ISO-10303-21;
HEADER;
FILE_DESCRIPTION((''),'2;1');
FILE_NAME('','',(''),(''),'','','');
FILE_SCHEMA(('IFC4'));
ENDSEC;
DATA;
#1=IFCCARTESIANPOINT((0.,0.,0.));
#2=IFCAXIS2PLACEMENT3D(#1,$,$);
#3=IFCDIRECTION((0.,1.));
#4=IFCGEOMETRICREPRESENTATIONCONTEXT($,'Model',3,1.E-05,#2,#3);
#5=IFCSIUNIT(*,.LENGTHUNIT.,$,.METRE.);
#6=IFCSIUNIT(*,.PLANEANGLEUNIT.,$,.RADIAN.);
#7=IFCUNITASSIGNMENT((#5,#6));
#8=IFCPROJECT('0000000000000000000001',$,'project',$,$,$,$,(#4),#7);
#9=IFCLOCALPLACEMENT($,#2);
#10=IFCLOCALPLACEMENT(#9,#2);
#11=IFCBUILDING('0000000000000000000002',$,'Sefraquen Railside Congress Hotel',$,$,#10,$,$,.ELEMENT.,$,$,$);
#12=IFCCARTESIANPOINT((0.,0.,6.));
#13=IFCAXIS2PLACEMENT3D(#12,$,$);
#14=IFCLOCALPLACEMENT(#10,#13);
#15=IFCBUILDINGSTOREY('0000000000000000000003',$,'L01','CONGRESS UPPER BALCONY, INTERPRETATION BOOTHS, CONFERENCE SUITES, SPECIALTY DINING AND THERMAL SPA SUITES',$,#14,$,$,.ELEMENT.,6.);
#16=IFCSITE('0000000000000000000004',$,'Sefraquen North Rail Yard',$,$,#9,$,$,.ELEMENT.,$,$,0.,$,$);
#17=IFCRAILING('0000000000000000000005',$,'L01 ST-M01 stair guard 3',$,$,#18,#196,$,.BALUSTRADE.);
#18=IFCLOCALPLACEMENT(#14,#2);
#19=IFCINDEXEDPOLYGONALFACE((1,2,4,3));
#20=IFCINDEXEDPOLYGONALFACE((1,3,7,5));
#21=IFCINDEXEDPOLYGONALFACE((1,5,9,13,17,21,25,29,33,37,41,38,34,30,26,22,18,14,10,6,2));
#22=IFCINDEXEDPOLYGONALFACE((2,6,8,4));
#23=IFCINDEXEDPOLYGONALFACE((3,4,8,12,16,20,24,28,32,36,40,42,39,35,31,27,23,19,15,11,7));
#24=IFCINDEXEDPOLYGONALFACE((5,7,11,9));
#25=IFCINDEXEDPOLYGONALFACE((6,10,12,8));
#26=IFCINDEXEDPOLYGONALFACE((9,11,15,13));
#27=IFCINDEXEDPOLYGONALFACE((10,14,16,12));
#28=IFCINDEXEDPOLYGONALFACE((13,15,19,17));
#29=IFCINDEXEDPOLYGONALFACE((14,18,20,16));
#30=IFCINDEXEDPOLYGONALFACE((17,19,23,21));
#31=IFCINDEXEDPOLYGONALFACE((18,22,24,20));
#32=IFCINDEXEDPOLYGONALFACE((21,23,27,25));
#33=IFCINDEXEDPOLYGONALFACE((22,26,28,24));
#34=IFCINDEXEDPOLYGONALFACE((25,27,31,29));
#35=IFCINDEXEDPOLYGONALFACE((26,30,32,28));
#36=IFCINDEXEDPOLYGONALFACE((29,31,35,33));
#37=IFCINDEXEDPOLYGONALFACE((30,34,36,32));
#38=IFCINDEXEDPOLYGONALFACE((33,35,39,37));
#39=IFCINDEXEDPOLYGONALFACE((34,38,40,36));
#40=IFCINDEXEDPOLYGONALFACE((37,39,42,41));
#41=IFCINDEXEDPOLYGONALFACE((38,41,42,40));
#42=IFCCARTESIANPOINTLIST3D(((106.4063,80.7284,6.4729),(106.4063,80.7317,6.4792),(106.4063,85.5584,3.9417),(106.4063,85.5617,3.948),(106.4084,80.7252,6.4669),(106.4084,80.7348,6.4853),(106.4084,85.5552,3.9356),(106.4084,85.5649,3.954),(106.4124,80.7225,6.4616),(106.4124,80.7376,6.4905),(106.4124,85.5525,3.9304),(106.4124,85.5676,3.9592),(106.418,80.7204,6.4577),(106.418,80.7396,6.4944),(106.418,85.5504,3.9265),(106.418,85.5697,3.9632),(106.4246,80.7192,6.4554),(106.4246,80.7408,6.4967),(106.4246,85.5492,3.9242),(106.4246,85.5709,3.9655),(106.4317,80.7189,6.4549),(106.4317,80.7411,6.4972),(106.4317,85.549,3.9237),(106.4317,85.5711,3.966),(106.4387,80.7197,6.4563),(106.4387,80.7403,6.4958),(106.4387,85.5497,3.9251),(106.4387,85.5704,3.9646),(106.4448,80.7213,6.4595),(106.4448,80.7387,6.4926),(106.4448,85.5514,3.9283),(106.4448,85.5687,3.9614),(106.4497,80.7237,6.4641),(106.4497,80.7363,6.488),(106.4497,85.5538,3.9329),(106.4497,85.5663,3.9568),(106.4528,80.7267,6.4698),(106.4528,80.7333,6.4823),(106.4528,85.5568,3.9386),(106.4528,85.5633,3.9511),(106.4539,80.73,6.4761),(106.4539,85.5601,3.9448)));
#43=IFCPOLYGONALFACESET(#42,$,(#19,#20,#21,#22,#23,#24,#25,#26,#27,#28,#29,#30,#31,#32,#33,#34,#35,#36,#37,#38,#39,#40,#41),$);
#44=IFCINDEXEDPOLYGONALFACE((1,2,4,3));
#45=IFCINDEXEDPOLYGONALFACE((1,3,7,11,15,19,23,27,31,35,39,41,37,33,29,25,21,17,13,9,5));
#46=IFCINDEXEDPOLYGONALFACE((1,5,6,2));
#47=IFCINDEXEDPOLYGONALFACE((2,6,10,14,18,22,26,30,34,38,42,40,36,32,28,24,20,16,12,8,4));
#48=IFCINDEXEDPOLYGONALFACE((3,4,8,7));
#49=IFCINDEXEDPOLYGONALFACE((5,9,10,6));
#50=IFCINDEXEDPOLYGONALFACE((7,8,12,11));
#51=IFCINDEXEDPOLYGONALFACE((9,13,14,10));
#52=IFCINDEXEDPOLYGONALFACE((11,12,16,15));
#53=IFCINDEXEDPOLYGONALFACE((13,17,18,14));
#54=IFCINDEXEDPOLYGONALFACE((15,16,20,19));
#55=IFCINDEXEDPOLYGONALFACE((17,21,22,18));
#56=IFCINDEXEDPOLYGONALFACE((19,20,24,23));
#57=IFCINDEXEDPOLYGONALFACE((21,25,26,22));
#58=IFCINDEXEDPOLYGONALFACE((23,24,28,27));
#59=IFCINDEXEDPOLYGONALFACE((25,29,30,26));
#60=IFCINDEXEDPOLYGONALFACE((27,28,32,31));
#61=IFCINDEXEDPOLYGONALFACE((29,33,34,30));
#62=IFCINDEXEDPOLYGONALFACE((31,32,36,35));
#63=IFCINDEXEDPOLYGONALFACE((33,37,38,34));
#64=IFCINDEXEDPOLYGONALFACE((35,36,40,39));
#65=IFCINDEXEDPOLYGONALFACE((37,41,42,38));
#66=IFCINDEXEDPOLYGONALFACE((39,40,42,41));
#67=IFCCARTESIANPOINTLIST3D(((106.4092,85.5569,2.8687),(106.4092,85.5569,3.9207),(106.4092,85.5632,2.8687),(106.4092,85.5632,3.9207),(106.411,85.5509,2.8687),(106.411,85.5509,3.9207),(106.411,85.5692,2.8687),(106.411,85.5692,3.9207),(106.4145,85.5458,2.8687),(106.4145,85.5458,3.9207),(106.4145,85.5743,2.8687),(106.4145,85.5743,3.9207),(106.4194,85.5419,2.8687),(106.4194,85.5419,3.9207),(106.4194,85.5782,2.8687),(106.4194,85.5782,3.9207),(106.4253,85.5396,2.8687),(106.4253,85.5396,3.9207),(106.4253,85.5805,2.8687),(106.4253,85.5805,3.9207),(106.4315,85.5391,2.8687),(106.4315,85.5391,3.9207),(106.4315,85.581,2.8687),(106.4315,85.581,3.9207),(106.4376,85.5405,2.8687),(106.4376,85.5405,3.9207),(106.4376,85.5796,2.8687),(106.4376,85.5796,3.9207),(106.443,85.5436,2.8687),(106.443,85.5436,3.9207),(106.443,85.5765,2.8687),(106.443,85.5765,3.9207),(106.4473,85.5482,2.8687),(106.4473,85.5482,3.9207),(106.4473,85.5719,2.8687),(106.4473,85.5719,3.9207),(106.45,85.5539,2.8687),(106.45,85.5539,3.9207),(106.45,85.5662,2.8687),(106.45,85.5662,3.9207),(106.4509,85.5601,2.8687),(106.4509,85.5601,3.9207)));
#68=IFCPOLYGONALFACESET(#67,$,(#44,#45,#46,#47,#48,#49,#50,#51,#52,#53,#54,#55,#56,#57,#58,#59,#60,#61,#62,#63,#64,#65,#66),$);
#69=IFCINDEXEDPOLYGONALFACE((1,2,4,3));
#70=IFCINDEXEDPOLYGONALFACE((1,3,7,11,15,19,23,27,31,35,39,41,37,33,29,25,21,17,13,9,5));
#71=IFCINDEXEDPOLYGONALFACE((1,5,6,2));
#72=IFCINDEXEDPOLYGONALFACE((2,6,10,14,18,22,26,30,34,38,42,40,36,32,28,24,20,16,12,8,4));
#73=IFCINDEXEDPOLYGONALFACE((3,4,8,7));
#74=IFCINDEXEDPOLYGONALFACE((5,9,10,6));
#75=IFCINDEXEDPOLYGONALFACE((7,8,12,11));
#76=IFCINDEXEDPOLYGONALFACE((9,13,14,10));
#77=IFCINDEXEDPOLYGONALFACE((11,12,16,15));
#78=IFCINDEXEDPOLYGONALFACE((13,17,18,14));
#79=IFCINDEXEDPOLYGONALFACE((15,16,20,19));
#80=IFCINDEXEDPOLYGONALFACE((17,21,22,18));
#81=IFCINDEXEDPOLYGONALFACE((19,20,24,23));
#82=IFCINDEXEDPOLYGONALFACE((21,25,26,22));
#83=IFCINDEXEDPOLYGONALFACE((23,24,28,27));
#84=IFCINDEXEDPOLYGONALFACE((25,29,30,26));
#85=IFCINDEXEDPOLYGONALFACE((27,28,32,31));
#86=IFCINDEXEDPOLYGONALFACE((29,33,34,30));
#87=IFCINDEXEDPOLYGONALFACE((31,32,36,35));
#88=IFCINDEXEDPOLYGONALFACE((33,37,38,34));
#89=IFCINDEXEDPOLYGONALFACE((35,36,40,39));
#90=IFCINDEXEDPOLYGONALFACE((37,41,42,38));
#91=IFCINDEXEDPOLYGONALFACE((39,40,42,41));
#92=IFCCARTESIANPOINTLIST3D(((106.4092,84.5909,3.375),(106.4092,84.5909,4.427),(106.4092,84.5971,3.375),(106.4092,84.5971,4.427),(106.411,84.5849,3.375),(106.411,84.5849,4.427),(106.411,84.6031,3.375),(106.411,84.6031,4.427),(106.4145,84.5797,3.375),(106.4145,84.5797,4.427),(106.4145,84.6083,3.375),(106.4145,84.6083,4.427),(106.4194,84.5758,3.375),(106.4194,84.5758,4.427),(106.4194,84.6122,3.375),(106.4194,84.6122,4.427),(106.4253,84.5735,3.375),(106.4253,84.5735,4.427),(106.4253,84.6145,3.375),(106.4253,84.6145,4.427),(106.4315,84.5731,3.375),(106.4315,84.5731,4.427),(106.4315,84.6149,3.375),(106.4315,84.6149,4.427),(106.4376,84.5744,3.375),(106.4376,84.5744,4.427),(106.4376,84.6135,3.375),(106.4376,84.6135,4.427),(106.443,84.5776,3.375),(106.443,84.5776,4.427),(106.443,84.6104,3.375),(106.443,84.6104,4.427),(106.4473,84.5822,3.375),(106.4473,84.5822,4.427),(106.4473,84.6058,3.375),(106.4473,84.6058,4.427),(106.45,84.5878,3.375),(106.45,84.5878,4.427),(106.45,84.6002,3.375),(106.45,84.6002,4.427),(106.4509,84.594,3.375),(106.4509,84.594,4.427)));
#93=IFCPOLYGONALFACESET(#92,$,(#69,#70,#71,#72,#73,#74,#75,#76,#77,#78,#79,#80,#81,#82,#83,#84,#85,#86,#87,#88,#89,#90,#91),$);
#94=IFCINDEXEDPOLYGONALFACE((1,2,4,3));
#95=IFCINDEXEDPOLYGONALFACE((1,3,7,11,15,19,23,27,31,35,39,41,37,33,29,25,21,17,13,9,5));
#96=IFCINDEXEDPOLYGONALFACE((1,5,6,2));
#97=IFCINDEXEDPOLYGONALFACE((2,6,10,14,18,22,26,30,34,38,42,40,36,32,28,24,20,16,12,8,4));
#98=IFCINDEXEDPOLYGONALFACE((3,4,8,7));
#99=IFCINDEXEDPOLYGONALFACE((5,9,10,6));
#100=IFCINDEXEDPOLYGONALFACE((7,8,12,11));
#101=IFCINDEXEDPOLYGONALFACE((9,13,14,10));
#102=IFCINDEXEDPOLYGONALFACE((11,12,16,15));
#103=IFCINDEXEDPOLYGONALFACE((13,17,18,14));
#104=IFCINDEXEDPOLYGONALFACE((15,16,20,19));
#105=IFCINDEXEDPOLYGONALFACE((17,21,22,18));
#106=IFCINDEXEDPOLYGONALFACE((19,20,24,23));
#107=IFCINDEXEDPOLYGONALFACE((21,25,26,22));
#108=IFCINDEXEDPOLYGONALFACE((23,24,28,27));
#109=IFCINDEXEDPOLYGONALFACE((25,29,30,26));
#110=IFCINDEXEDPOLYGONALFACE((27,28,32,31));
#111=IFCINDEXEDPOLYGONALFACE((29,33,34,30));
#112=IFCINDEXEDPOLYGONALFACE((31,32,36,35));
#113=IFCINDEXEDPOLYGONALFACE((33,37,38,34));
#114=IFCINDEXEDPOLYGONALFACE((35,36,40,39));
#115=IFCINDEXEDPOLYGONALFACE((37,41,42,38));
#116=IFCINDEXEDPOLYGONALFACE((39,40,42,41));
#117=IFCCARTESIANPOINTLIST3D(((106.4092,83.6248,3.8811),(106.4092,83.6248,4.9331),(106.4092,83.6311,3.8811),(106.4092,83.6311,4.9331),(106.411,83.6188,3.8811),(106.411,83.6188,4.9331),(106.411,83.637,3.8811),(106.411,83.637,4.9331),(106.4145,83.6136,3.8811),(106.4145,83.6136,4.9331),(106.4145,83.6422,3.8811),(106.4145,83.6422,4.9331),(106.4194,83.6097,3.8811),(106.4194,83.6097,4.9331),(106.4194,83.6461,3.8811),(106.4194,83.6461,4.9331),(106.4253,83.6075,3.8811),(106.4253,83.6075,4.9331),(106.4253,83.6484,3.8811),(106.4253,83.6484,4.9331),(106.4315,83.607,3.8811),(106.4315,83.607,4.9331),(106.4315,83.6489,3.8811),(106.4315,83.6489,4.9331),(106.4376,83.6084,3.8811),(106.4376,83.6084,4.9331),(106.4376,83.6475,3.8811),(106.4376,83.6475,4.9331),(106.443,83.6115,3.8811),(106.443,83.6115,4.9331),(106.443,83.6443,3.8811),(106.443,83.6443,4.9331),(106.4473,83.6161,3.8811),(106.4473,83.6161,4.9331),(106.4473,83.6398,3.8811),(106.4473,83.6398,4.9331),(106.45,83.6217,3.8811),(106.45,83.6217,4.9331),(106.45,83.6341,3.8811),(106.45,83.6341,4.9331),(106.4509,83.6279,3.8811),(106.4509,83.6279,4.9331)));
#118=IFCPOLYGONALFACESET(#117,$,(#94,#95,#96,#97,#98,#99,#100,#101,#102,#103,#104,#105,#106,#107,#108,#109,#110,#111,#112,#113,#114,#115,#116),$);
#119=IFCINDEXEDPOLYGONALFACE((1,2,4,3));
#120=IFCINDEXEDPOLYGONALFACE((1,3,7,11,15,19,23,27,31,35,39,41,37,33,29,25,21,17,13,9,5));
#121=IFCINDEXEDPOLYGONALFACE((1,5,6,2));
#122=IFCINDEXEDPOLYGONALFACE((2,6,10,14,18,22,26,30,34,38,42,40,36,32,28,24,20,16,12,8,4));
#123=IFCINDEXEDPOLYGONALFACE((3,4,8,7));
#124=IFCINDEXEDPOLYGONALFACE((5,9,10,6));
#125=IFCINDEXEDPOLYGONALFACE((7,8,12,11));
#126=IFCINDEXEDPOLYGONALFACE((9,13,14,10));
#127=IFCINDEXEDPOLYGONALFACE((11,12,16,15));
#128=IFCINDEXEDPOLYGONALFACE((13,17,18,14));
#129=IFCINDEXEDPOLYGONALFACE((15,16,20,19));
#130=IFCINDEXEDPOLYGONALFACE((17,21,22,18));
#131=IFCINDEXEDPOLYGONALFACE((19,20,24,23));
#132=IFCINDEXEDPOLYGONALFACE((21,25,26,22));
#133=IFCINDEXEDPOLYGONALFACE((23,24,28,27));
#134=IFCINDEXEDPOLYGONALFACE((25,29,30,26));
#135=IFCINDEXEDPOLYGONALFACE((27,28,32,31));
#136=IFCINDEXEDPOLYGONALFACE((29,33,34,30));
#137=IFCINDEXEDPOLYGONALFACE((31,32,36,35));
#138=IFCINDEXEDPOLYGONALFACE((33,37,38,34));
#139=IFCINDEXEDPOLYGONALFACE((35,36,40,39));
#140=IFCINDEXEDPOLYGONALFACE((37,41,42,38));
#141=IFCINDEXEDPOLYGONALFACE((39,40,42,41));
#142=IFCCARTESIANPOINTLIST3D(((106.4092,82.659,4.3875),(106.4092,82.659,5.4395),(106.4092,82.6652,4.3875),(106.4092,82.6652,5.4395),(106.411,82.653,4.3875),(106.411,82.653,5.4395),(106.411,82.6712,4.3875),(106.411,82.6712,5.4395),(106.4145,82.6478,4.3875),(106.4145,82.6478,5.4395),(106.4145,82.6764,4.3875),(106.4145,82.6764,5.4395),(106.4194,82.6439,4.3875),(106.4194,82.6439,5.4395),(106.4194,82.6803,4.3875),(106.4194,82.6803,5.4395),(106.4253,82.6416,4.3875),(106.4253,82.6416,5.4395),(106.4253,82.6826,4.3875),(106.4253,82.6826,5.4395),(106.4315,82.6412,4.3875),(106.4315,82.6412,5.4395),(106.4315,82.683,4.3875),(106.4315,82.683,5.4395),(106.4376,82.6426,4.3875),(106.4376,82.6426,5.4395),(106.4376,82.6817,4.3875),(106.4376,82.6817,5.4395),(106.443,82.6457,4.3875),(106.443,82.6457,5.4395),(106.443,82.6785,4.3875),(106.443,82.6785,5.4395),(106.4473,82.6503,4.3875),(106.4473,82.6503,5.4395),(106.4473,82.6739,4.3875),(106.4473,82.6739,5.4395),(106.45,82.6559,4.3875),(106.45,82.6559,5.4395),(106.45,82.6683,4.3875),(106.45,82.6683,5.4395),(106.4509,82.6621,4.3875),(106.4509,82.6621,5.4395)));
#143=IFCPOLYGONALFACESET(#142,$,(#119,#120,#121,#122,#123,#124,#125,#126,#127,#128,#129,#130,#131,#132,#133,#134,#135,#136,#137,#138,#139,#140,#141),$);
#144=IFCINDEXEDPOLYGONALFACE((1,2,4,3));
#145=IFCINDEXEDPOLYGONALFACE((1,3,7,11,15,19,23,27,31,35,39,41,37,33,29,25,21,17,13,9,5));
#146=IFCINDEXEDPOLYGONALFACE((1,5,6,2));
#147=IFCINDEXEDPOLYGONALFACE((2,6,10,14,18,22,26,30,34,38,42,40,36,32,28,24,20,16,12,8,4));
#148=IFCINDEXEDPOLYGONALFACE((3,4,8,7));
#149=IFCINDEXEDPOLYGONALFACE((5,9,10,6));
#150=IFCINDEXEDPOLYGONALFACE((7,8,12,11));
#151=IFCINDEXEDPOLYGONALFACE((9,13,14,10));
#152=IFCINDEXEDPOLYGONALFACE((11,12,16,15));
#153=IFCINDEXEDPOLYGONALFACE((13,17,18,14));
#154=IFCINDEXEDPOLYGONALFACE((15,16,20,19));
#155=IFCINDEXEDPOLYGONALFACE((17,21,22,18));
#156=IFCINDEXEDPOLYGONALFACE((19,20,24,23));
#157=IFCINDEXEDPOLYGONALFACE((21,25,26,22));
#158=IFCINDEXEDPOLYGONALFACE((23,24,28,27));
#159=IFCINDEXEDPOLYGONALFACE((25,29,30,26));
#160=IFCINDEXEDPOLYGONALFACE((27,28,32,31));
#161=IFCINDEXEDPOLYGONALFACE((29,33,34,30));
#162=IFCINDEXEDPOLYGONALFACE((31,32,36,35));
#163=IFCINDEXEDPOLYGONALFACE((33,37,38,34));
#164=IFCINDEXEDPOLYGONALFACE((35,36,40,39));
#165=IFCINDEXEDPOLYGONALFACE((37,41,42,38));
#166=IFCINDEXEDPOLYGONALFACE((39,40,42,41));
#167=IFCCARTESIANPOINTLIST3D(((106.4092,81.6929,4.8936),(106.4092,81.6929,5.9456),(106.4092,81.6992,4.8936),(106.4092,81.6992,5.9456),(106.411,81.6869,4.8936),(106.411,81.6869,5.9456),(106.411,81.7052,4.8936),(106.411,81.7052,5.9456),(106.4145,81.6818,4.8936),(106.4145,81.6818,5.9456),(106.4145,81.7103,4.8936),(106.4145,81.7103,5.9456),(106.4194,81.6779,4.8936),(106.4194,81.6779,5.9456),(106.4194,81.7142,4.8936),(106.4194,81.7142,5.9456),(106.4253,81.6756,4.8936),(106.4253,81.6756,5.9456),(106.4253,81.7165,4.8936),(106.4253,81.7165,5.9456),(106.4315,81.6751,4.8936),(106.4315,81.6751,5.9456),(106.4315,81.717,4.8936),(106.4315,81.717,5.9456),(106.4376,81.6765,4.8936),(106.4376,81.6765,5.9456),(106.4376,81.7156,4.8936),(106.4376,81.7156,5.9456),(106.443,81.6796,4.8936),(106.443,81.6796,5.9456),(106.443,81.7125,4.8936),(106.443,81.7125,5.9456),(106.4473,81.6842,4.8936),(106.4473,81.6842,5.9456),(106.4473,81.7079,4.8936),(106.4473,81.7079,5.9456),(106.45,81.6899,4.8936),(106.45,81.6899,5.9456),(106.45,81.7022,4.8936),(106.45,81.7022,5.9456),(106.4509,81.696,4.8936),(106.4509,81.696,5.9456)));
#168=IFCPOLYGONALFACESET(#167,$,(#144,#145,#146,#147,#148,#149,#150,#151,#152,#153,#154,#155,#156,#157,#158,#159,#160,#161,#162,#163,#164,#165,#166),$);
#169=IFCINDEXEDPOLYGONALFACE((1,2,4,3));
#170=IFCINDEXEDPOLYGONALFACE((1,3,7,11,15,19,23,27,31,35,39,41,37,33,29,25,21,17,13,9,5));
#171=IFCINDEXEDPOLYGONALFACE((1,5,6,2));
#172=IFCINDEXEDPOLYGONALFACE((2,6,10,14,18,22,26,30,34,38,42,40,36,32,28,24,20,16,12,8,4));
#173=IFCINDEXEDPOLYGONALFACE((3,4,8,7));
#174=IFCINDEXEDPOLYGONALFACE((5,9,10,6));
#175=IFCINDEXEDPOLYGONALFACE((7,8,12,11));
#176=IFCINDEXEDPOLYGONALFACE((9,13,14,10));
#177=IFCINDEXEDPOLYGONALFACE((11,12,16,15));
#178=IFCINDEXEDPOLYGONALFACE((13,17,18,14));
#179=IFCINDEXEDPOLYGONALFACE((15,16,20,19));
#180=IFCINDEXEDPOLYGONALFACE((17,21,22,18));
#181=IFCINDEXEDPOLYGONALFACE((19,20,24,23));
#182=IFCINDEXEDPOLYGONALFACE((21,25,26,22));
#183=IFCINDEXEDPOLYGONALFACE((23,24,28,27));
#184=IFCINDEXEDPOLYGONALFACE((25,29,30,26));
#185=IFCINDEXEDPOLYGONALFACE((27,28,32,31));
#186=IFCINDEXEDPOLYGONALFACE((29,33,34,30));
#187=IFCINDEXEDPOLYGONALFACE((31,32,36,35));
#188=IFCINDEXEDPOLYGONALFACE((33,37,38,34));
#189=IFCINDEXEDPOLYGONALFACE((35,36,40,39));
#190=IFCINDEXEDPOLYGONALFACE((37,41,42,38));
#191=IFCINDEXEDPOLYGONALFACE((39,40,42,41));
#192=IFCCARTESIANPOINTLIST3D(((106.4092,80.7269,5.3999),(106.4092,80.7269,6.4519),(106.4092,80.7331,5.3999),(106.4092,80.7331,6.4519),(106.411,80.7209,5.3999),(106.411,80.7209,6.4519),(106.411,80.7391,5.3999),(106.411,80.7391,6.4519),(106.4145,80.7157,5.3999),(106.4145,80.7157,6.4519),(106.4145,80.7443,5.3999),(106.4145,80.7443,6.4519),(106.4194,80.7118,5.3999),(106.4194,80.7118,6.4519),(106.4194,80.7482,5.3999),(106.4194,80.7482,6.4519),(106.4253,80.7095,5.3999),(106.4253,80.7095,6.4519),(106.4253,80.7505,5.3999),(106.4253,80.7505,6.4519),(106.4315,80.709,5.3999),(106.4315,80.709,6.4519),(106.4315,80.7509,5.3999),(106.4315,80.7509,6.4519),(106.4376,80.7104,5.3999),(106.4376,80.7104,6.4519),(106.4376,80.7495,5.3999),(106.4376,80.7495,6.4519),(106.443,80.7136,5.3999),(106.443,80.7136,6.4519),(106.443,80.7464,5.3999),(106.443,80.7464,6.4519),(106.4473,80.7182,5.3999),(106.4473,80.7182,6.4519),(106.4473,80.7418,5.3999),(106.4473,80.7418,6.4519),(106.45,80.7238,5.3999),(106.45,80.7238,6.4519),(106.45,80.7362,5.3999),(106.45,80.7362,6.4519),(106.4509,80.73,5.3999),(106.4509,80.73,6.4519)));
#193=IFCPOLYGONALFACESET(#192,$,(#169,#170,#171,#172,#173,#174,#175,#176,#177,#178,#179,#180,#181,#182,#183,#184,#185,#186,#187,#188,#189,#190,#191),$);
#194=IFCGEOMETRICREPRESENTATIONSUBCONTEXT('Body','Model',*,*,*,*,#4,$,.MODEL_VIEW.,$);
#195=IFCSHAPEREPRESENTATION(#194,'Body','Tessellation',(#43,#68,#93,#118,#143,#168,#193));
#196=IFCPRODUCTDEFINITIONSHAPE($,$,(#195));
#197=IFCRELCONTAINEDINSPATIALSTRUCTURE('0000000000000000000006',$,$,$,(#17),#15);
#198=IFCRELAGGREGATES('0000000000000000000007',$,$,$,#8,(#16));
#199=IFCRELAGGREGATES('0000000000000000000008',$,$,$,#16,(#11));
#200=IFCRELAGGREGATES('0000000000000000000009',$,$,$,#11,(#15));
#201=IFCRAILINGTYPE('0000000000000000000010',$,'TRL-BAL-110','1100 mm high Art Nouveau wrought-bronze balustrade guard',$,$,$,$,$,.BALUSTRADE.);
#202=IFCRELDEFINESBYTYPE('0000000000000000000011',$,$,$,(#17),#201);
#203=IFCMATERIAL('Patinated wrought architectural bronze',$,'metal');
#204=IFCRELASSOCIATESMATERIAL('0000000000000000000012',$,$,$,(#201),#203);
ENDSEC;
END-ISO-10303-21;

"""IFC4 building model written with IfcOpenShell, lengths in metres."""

from ifc_helpers import new_model, si_unit, direction, frame, origin, origin_2d, place, context, subcontext, project, spatial, circle, extrude, material, type_object, element, save


model = new_model("IFC4")

# Units and contexts
model_context = context("Model", 3, precision=1e-05, world=origin(), true_north=direction((0.0, 1.0)))
body_context = subcontext(model_context, "Body", "Model", "MODEL_VIEW")
ifc_project = project(units=[si_unit("LENGTHUNIT", "METRE"), si_unit("PLANEANGLEUNIT", "RADIAN")], contexts=[model_context])

# Site, building, storey
site_placement = place(None, origin())
site = spatial("IfcSite", under=ifc_project, at=site_placement, Name="Sefraquen North Rail Yard", CompositionType="ELEMENT", RefElevation=0.0)
building_placement = place(site_placement, origin())
building = spatial("IfcBuilding", under=site, at=building_placement, Name="Sefraquen Railside Congress Hotel", CompositionType="ELEMENT")
storey_placement = place(building_placement, frame((0.0, 0.0, 6.0)))
storey = spatial("IfcBuildingStorey", under=building, at=storey_placement, Name="L01", Description="CONGRESS UPPER BALCONY, INTERPRETATION BOOTHS, CONFERENCE SUITES, SPECIALTY DINING AND THERMAL SPA SUITES", CompositionType="ELEMENT", Elevation=6.0)

# Railing
ifc_material_1 = material(Name="Patinated wrought architectural bronze", Category="metal")
railing_type_1 = type_object("IfcRailingType", Name="TRL-BAL-110", Description="1100 mm high Art Nouveau wrought-bronze balustrade guard", PredefinedType="BALUSTRADE", material=ifc_material_1)
railing_1_placement = place(storey_placement, frame((106.4299, 85.5601, 2.8687)))
element("IfcRailing", 1, at=railing_1_placement, inside=storey, type_object=railing_type_1, Name="L01 ST-M01 stair guard 3", PredefinedType="BALUSTRADE", context=body_context, shape_type="SweptSolid", body=[
    extrude(circle(Radius=0.0239, at=origin_2d()), frame((0.0, 0.0, 1.0762), z_axis=(0.0, -0.88574, 0.464181), x_axis=(1.0, 0.0, 0.0)), (0.0, 0.0, 1.0), 5.4531),
    extrude(circle(Radius=0.021, at=origin_2d()), origin(), (0.0, 0.0, 1.0), 1.052),
    extrude(circle(Radius=0.021, at=origin_2d()), frame((0.0, -0.9661, 0.5063)), (0.0, 0.0, 1.0), 1.052),
    extrude(circle(Radius=0.021, at=origin_2d()), frame((0.0, -1.9321, 1.0125)), (0.0, 0.0, 1.0), 1.052),
    extrude(circle(Radius=0.021, at=origin_2d()), frame((0.0, -2.8979, 1.5188)), (0.0, 0.0, 1.0), 1.052),
    extrude(circle(Radius=0.021, at=origin_2d()), frame((0.0, -3.864, 2.0249)), (0.0, 0.0, 1.0), 1.052),
    extrude(circle(Radius=0.021, at=origin_2d()), frame((0.0, -4.8301, 2.5312)), (0.0, 0.0, 1.0), 1.052),
])

save(model, "model.ifc")
